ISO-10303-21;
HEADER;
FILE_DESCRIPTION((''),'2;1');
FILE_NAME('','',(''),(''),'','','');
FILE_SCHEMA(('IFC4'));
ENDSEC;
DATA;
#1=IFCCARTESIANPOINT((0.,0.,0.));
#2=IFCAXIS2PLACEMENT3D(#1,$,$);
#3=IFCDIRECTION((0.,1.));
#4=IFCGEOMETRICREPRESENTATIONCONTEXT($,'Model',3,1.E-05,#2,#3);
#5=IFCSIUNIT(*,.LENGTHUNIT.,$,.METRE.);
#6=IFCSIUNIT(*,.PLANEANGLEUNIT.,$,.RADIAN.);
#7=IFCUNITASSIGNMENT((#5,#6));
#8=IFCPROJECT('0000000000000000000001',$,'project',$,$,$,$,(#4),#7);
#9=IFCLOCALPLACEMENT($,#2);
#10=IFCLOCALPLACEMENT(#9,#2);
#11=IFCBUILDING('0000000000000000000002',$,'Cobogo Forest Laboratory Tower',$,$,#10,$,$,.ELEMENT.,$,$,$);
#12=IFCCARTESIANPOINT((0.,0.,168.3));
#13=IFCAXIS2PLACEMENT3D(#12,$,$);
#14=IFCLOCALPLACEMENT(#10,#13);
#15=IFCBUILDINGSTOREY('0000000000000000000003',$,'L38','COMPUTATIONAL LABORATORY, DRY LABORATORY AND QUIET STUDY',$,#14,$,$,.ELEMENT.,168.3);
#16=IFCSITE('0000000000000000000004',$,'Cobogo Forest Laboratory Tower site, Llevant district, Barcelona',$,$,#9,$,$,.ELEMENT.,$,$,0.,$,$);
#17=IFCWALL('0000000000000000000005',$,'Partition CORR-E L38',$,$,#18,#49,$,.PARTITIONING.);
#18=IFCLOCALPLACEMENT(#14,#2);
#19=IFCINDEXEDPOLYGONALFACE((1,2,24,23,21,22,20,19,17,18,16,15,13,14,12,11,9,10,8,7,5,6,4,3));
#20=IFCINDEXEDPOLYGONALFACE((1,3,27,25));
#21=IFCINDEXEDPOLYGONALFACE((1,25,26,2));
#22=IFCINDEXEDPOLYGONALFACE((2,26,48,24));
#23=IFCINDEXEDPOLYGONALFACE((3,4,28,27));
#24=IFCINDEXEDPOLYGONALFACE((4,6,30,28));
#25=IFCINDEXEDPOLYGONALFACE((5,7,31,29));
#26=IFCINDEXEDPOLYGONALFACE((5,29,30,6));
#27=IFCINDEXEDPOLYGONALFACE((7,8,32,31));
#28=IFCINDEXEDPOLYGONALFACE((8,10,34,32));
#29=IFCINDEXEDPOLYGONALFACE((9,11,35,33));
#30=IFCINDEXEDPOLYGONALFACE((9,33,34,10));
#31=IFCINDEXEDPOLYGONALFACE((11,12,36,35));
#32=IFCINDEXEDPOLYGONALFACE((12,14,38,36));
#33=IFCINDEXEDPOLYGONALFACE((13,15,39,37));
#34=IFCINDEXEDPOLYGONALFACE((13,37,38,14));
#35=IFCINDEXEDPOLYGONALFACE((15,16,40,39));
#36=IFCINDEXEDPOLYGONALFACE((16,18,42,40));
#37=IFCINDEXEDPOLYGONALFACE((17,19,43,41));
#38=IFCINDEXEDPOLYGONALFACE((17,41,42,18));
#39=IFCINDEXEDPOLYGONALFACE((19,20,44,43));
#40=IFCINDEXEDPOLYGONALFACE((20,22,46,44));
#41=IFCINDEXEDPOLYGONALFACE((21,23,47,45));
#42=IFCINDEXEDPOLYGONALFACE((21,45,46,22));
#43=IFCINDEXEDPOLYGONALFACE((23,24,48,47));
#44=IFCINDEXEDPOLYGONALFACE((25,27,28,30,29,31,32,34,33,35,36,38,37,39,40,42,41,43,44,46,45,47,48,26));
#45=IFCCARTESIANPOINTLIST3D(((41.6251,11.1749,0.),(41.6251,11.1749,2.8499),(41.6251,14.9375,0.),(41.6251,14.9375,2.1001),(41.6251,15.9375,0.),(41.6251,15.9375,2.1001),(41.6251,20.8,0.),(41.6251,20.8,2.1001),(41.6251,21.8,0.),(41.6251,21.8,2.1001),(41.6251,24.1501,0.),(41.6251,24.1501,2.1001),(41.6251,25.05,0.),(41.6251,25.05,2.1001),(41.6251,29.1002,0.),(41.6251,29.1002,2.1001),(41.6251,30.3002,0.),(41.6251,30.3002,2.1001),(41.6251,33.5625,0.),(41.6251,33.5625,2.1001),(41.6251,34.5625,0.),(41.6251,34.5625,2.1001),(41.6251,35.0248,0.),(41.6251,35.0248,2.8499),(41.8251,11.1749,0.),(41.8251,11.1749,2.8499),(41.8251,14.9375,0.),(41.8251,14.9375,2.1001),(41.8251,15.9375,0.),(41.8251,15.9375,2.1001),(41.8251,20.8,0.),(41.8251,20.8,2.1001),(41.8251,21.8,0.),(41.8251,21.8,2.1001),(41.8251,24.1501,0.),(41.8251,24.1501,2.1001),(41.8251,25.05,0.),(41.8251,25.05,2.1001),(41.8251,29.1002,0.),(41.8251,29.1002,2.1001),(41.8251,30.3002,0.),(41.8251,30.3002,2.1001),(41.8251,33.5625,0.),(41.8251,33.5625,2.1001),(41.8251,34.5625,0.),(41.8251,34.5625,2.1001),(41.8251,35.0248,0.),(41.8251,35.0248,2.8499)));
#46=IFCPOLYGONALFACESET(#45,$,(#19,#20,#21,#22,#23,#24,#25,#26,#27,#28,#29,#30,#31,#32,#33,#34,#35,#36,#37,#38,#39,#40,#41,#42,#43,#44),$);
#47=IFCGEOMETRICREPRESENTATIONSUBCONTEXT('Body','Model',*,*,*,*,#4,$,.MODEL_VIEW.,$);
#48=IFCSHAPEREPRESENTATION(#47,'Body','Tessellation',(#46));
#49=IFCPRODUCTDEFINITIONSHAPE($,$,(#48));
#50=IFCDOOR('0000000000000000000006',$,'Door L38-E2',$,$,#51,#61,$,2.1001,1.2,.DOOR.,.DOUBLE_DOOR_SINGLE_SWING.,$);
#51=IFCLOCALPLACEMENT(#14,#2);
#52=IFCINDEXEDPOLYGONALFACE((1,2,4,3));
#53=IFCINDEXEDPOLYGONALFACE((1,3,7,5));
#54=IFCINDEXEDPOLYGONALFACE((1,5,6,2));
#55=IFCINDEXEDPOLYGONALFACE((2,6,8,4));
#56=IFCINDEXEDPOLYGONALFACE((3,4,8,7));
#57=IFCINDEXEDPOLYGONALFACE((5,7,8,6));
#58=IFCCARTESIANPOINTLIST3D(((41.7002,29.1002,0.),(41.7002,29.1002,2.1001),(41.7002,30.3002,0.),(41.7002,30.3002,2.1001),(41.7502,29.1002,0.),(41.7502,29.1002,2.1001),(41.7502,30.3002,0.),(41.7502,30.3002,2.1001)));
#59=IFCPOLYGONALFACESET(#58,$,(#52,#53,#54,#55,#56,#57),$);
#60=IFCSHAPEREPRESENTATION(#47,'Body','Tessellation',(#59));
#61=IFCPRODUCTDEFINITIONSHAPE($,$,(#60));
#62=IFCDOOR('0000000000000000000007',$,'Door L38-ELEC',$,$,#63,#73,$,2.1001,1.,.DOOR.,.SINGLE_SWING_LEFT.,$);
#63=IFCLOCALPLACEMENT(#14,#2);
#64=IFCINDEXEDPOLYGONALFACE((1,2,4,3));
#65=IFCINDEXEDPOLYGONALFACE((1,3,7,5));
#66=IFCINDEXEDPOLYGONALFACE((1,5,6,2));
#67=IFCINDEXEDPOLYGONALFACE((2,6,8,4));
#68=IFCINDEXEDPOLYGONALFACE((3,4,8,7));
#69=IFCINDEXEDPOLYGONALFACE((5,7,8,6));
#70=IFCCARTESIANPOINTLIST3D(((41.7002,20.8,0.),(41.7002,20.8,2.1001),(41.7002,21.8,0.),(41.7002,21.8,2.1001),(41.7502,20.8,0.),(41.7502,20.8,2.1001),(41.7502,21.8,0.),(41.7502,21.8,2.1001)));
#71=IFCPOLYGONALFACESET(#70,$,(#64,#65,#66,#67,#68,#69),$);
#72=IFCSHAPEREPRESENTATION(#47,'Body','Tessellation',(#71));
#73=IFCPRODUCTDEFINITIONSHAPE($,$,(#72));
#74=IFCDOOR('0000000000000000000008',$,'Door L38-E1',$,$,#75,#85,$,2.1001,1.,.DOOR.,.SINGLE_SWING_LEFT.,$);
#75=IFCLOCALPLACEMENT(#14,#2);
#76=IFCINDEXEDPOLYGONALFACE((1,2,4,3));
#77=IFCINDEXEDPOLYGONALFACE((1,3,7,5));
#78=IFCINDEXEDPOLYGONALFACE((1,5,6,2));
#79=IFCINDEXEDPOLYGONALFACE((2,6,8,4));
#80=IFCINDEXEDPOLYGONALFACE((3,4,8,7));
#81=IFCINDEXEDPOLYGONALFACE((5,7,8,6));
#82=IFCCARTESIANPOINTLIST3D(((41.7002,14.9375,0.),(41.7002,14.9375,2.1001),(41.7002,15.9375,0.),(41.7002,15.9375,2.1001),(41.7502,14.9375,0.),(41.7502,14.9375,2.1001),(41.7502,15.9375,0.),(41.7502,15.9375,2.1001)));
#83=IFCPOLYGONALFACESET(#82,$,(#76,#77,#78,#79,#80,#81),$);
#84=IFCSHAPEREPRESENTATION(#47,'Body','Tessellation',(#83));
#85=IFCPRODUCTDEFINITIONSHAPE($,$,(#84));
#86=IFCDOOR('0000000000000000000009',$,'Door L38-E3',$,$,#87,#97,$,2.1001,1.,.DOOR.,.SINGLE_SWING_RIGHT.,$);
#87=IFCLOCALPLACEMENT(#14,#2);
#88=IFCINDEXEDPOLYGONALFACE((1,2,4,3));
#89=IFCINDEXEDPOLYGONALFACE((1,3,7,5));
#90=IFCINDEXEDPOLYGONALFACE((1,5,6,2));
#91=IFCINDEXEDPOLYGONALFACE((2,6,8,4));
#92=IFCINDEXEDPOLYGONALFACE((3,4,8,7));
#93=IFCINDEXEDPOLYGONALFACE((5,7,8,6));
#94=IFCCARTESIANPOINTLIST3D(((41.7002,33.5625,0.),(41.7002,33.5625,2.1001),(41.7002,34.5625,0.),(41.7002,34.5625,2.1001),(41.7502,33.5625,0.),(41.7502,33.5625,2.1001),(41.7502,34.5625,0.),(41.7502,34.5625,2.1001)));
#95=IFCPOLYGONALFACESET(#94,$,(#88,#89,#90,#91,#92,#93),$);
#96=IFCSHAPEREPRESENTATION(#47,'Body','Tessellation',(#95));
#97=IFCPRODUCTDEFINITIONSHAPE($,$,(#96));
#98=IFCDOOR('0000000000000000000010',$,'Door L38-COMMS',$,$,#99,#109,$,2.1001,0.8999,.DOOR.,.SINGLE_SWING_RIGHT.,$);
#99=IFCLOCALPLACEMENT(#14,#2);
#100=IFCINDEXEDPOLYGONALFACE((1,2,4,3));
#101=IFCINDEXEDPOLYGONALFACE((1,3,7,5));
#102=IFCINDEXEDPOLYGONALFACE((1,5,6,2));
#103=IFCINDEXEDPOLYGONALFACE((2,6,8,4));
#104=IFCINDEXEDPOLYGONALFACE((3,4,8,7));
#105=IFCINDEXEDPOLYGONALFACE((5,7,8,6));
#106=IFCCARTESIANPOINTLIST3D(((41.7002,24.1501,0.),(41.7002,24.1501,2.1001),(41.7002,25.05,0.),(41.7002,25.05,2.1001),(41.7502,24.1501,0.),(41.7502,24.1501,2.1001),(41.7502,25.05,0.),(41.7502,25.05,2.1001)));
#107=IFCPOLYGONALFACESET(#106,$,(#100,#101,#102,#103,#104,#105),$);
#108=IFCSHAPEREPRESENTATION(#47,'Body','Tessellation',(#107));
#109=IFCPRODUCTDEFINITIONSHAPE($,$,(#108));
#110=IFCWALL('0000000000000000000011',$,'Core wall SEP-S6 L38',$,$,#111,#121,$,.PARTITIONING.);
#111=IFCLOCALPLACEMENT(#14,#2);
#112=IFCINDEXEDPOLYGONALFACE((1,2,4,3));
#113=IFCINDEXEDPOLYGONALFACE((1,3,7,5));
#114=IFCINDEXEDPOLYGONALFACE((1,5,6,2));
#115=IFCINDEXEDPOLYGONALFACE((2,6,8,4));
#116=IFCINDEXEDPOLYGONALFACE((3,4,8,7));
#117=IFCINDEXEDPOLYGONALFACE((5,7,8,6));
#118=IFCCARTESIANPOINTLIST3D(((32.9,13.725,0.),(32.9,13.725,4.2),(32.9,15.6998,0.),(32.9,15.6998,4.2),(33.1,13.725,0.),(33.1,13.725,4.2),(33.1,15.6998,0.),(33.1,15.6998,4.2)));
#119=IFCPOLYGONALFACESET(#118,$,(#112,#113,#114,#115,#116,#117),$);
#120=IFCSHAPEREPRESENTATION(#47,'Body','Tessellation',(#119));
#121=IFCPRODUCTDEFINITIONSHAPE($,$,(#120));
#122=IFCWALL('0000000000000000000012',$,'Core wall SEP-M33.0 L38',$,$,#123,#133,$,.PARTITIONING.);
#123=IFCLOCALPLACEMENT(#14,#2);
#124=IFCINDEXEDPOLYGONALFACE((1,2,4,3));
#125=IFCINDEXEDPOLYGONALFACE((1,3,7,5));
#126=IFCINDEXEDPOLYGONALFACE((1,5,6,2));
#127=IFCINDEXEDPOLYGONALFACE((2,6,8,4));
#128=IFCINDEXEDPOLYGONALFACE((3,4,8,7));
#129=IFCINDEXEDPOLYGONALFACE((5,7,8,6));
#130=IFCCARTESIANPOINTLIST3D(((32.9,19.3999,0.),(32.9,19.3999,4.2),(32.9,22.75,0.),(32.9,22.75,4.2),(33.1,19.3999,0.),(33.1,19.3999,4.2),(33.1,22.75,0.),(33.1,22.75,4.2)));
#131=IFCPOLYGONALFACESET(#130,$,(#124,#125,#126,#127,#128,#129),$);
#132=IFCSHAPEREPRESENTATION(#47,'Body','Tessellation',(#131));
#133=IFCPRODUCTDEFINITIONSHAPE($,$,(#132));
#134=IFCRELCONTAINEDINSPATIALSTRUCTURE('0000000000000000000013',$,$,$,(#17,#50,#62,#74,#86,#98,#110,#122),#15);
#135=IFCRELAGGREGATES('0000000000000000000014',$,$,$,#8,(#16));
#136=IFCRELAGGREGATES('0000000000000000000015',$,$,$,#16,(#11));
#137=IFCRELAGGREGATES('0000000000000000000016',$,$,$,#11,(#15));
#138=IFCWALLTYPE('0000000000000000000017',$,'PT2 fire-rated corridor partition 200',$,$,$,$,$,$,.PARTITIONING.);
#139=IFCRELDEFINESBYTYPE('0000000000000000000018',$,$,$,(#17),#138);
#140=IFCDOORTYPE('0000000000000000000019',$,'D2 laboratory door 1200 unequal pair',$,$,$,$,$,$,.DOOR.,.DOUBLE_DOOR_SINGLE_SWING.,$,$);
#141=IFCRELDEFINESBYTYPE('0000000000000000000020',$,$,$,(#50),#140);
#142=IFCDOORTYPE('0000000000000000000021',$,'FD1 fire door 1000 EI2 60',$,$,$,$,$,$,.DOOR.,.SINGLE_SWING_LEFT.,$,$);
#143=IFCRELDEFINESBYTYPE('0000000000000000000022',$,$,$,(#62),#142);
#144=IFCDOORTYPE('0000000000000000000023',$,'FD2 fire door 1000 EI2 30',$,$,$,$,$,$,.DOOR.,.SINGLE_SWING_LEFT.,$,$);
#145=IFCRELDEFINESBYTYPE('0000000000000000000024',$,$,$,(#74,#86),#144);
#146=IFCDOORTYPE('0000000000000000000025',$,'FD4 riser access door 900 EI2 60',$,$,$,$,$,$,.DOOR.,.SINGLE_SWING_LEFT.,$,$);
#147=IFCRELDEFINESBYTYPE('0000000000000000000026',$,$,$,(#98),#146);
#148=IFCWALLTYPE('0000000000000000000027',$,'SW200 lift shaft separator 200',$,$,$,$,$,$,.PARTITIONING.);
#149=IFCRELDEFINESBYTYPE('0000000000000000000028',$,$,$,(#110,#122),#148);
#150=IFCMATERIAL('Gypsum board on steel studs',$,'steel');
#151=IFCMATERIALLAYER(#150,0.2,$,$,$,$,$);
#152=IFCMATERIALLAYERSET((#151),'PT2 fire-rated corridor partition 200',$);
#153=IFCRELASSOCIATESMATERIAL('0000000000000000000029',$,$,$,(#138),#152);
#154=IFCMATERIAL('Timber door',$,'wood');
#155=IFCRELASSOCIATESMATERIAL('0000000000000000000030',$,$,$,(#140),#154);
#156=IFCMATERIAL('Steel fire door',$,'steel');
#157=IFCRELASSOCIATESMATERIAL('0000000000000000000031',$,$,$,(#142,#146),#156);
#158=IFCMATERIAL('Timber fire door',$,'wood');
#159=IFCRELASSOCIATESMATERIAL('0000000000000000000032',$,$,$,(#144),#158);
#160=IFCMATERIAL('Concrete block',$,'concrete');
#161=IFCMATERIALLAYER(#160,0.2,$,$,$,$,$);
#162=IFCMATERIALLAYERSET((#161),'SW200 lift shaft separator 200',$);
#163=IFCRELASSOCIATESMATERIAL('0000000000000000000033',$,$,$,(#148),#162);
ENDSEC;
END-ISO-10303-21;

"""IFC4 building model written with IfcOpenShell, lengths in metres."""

from ifc_helpers import new_model, si_unit, direction, frame, frame_2d, origin, place, context, subcontext, project, spatial, rectangle, extrude, material, layer, layer_set, type_object, element, fill, save


model = new_model("IFC4")

# Units and contexts
model_context = context("Model", 3, precision=1e-05, world=origin(), true_north=direction((0.0, 1.0)))
body_context = subcontext(model_context, "Body", "Model", "MODEL_VIEW")
ifc_project = project(units=[si_unit("LENGTHUNIT", "METRE"), si_unit("PLANEANGLEUNIT", "RADIAN")], contexts=[model_context])

# Site, building, storey
site_placement = place(None, origin())
site = spatial("IfcSite", under=ifc_project, at=site_placement, Name="Cobogo Forest Laboratory Tower site, Llevant district, Barcelona", CompositionType="ELEMENT", RefElevation=0.0)
building_placement = place(site_placement, origin())
building = spatial("IfcBuilding", under=site, at=building_placement, Name="Cobogo Forest Laboratory Tower", CompositionType="ELEMENT")
storey_placement = place(building_placement, frame((0.0, 0.0, 168.3)))
storey = spatial("IfcBuildingStorey", under=building, at=storey_placement, Name="L38", Description="COMPUTATIONAL LABORATORY, DRY LABORATORY AND QUIET STUDY", CompositionType="ELEMENT", Elevation=168.3)

# Shared definitions
ifc_material_1 = material(Name="Steel fire door", Category="steel")

# Shared definitions
ifc_material_2 = material(Name="Gypsum board on steel studs", Category="steel")

# Wall, openings, doors
ifc_layer_1 = layer(ifc_material_2, 0.2)
ifc_layer_set_1 = layer_set([ifc_layer_1], Name="PT2 fire-rated corridor partition 200")
wall_type_1 = type_object("IfcWallType", Name="PT2 fire-rated corridor partition 200", PredefinedType="PARTITIONING", material=ifc_layer_set_1)
wall_1_placement = place(storey_placement, frame((41.7251, 11.175, 0.0), z_axis=(0.0, 0.0, 1.0), x_axis=(0.0, 1.0, 0.0)))
wall_1 = element("IfcWall", 1, at=wall_1_placement, inside=storey, type_object=wall_type_1, Name="Partition CORR-E L38", PredefinedType="PARTITIONING", context=body_context, shape_type="SweptSolid", body=[
    extrude(rectangle(XDim=23.8499, YDim=0.2, at=frame_2d((11.9248, 0.0))), origin(), (0.0, 0.0, 1.0), 2.8499),
])
opening_1_placement = place(wall_1_placement, frame((3.7625, 0.0, 0.0)))
opening_1 = element("IfcOpeningElement", 2, at=opening_1_placement, cuts=wall_1, PredefinedType="OPENING", context=body_context, shape_type="SweptSolid", body=[
    extrude(rectangle(XDim=1.0, YDim=2.1001, at=frame_2d((0.5, 1.05))), frame((0.0, 0.1099, 0.0), z_axis=(0.0, -1.0, 0.0), x_axis=(1.0, 0.0, 0.0)), (0.0, 0.0, 1.0), 0.22),
])
opening_2_placement = place(wall_1_placement, frame((9.625, 0.0, 0.0)))
opening_2 = element("IfcOpeningElement", 3, at=opening_2_placement, cuts=wall_1, PredefinedType="OPENING", context=body_context, shape_type="SweptSolid", body=[
    extrude(rectangle(XDim=1.0, YDim=2.1001, at=frame_2d((0.5, 1.05))), frame((0.0, 0.1099, 0.0), z_axis=(0.0, -1.0, 0.0), x_axis=(1.0, 0.0, 0.0)), (0.0, 0.0, 1.0), 0.22),
])
opening_3_placement = place(wall_1_placement, frame((12.9751, 0.0, 0.0)))
opening_3 = element("IfcOpeningElement", 4, at=opening_3_placement, cuts=wall_1, PredefinedType="OPENING", context=body_context, shape_type="SweptSolid", body=[
    extrude(rectangle(XDim=0.8999, YDim=2.1001, at=frame_2d((0.45, 1.05))), frame((0.0, 0.1099, 0.0), z_axis=(0.0, -1.0, 0.0), x_axis=(1.0, 0.0, 0.0)), (0.0, 0.0, 1.0), 0.22),
])
opening_4_placement = place(wall_1_placement, frame((17.925, 0.0, 0.0)))
opening_4 = element("IfcOpeningElement", 5, at=opening_4_placement, cuts=wall_1, PredefinedType="OPENING", context=body_context, shape_type="SweptSolid", body=[
    extrude(rectangle(XDim=1.2, YDim=2.1001, at=frame_2d((0.6001, 1.05))), frame((0.0, 0.1099, 0.0), z_axis=(0.0, -1.0, 0.0), x_axis=(1.0, 0.0, 0.0)), (0.0, 0.0, 1.0), 0.22),
])
opening_5_placement = place(wall_1_placement, frame((22.3875, 0.0, 0.0)))
opening_5 = element("IfcOpeningElement", 6, at=opening_5_placement, cuts=wall_1, PredefinedType="OPENING", context=body_context, shape_type="SweptSolid", body=[
    extrude(rectangle(XDim=1.0, YDim=2.1001, at=frame_2d((0.5, 1.05))), frame((0.0, 0.1099, 0.0), z_axis=(0.0, -1.0, 0.0), x_axis=(1.0, 0.0, 0.0)), (0.0, 0.0, 1.0), 0.22),
])
ifc_material_3 = material(Name="Timber door", Category="wood")
door_type_1 = type_object("IfcDoorType", Name="D2 laboratory door 1200 unequal pair", OperationType="DOUBLE_DOOR_SINGLE_SWING", PredefinedType="DOOR", material=ifc_material_3)
door_1_placement = place(opening_4_placement, origin())
door_1 = element("IfcDoor", 7, at=door_1_placement, inside=storey, type_object=door_type_1, Name="Door L38-E2", OperationType="DOUBLE_DOOR_SINGLE_SWING", OverallHeight=2.1001, OverallWidth=1.2, PredefinedType="DOOR", context=body_context, shape_type="SweptSolid", body=[
    extrude(rectangle(XDim=1.2, YDim=2.1001, at=frame_2d((0.6001, 1.05))), frame((0.0, 0.0249, 0.0), z_axis=(0.0, -1.0, 0.0), x_axis=(1.0, 0.0, 0.0)), (0.0, 0.0, 1.0), 0.05),
])
fill(opening_4, door_1)
door_type_2 = type_object("IfcDoorType", Name="FD1 fire door 1000 EI2 60", OperationType="SINGLE_SWING_LEFT", PredefinedType="DOOR", material=ifc_material_1)
door_2_placement = place(opening_2_placement, origin())
door_2 = element("IfcDoor", 8, at=door_2_placement, inside=storey, type_object=door_type_2, Name="Door L38-ELEC", OperationType="SINGLE_SWING_LEFT", OverallHeight=2.1001, OverallWidth=1.0, PredefinedType="DOOR", context=body_context, shape_type="SweptSolid", body=[
    extrude(rectangle(XDim=1.0, YDim=2.1001, at=frame_2d((0.5, 1.05))), frame((0.0, 0.0249, 0.0), z_axis=(0.0, -1.0, 0.0), x_axis=(1.0, 0.0, 0.0)), (0.0, 0.0, 1.0), 0.05),
])
fill(opening_2, door_2)
ifc_material_4 = material(Name="Timber fire door", Category="wood")
door_type_3 = type_object("IfcDoorType", Name="FD2 fire door 1000 EI2 30", OperationType="SINGLE_SWING_LEFT", PredefinedType="DOOR", material=ifc_material_4)
door_3_placement = place(opening_1_placement, origin())
door_3 = element("IfcDoor", 9, at=door_3_placement, inside=storey, type_object=door_type_3, Name="Door L38-E1", OperationType="SINGLE_SWING_LEFT", OverallHeight=2.1001, OverallWidth=1.0, PredefinedType="DOOR", context=body_context, shape_type="SweptSolid", body=[
    extrude(rectangle(XDim=1.0, YDim=2.1001, at=frame_2d((0.5, 1.05))), frame((0.0, 0.0249, 0.0), z_axis=(0.0, -1.0, 0.0), x_axis=(1.0, 0.0, 0.0)), (0.0, 0.0, 1.0), 0.05),
])
fill(opening_1, door_3)
door_4_placement = place(opening_5_placement, origin())
door_4 = element("IfcDoor", 10, at=door_4_placement, inside=storey, type_object=door_type_3, Name="Door L38-E3", OperationType="SINGLE_SWING_RIGHT", OverallHeight=2.1001, OverallWidth=1.0, PredefinedType="DOOR", context=body_context, shape_type="SweptSolid", body=[
    extrude(rectangle(XDim=1.0, YDim=2.1001, at=frame_2d((0.5, 1.05))), frame((0.0, 0.0249, 0.0), z_axis=(0.0, -1.0, 0.0), x_axis=(1.0, 0.0, 0.0)), (0.0, 0.0, 1.0), 0.05),
])
fill(opening_5, door_4)
door_type_4 = type_object("IfcDoorType", Name="FD4 riser access door 900 EI2 60", OperationType="SINGLE_SWING_LEFT", PredefinedType="DOOR", material=ifc_material_1)
door_5_placement = place(opening_3_placement, origin())
door_5 = element("IfcDoor", 11, at=door_5_placement, inside=storey, type_object=door_type_4, Name="Door L38-COMMS", OperationType="SINGLE_SWING_RIGHT", OverallHeight=2.1001, OverallWidth=0.8999, PredefinedType="DOOR", context=body_context, shape_type="SweptSolid", body=[
    extrude(rectangle(XDim=0.8999, YDim=2.1001, at=frame_2d((0.45, 1.05))), frame((0.0, 0.0249, 0.0), z_axis=(0.0, -1.0, 0.0), x_axis=(1.0, 0.0, 0.0)), (0.0, 0.0, 1.0), 0.05),
])
fill(opening_3, door_5)

# Walls
ifc_material_5 = material(Name="Concrete block", Category="concrete")
ifc_layer_2 = layer(ifc_material_5, 0.2)
ifc_layer_set_2 = layer_set([ifc_layer_2], Name="SW200 lift shaft separator 200")
wall_type_2 = type_object("IfcWallType", Name="SW200 lift shaft separator 200", PredefinedType="PARTITIONING", material=ifc_layer_set_2)
wall_2_placement = place(storey_placement, frame((33.0, 13.7251, 0.0), z_axis=(0.0, 0.0, 1.0), x_axis=(0.0, 1.0, 0.0)))
element("IfcWall", 12, at=wall_2_placement, inside=storey, type_object=wall_type_2, Name="Core wall SEP-S6 L38", PredefinedType="PARTITIONING", context=body_context, shape_type="SweptSolid", body=[
    extrude(rectangle(XDim=1.9749, YDim=0.2, at=frame_2d((0.9873, 0.0))), origin(), (0.0, 0.0, 1.0), 4.2),
])
wall_3_placement = place(storey_placement, frame((33.0, 19.3999, 0.0), z_axis=(0.0, 0.0, 1.0), x_axis=(0.0, 1.0, 0.0)))
element("IfcWall", 13, at=wall_3_placement, inside=storey, type_object=wall_type_2, Name="Core wall SEP-M33.0 L38", PredefinedType="PARTITIONING", context=body_context, shape_type="SweptSolid", body=[
    extrude(rectangle(XDim=3.3501, YDim=0.2, at=frame_2d((1.675, 0.0))), origin(), (0.0, 0.0, 1.0), 4.2),
])

save(model, "model.ifc")
